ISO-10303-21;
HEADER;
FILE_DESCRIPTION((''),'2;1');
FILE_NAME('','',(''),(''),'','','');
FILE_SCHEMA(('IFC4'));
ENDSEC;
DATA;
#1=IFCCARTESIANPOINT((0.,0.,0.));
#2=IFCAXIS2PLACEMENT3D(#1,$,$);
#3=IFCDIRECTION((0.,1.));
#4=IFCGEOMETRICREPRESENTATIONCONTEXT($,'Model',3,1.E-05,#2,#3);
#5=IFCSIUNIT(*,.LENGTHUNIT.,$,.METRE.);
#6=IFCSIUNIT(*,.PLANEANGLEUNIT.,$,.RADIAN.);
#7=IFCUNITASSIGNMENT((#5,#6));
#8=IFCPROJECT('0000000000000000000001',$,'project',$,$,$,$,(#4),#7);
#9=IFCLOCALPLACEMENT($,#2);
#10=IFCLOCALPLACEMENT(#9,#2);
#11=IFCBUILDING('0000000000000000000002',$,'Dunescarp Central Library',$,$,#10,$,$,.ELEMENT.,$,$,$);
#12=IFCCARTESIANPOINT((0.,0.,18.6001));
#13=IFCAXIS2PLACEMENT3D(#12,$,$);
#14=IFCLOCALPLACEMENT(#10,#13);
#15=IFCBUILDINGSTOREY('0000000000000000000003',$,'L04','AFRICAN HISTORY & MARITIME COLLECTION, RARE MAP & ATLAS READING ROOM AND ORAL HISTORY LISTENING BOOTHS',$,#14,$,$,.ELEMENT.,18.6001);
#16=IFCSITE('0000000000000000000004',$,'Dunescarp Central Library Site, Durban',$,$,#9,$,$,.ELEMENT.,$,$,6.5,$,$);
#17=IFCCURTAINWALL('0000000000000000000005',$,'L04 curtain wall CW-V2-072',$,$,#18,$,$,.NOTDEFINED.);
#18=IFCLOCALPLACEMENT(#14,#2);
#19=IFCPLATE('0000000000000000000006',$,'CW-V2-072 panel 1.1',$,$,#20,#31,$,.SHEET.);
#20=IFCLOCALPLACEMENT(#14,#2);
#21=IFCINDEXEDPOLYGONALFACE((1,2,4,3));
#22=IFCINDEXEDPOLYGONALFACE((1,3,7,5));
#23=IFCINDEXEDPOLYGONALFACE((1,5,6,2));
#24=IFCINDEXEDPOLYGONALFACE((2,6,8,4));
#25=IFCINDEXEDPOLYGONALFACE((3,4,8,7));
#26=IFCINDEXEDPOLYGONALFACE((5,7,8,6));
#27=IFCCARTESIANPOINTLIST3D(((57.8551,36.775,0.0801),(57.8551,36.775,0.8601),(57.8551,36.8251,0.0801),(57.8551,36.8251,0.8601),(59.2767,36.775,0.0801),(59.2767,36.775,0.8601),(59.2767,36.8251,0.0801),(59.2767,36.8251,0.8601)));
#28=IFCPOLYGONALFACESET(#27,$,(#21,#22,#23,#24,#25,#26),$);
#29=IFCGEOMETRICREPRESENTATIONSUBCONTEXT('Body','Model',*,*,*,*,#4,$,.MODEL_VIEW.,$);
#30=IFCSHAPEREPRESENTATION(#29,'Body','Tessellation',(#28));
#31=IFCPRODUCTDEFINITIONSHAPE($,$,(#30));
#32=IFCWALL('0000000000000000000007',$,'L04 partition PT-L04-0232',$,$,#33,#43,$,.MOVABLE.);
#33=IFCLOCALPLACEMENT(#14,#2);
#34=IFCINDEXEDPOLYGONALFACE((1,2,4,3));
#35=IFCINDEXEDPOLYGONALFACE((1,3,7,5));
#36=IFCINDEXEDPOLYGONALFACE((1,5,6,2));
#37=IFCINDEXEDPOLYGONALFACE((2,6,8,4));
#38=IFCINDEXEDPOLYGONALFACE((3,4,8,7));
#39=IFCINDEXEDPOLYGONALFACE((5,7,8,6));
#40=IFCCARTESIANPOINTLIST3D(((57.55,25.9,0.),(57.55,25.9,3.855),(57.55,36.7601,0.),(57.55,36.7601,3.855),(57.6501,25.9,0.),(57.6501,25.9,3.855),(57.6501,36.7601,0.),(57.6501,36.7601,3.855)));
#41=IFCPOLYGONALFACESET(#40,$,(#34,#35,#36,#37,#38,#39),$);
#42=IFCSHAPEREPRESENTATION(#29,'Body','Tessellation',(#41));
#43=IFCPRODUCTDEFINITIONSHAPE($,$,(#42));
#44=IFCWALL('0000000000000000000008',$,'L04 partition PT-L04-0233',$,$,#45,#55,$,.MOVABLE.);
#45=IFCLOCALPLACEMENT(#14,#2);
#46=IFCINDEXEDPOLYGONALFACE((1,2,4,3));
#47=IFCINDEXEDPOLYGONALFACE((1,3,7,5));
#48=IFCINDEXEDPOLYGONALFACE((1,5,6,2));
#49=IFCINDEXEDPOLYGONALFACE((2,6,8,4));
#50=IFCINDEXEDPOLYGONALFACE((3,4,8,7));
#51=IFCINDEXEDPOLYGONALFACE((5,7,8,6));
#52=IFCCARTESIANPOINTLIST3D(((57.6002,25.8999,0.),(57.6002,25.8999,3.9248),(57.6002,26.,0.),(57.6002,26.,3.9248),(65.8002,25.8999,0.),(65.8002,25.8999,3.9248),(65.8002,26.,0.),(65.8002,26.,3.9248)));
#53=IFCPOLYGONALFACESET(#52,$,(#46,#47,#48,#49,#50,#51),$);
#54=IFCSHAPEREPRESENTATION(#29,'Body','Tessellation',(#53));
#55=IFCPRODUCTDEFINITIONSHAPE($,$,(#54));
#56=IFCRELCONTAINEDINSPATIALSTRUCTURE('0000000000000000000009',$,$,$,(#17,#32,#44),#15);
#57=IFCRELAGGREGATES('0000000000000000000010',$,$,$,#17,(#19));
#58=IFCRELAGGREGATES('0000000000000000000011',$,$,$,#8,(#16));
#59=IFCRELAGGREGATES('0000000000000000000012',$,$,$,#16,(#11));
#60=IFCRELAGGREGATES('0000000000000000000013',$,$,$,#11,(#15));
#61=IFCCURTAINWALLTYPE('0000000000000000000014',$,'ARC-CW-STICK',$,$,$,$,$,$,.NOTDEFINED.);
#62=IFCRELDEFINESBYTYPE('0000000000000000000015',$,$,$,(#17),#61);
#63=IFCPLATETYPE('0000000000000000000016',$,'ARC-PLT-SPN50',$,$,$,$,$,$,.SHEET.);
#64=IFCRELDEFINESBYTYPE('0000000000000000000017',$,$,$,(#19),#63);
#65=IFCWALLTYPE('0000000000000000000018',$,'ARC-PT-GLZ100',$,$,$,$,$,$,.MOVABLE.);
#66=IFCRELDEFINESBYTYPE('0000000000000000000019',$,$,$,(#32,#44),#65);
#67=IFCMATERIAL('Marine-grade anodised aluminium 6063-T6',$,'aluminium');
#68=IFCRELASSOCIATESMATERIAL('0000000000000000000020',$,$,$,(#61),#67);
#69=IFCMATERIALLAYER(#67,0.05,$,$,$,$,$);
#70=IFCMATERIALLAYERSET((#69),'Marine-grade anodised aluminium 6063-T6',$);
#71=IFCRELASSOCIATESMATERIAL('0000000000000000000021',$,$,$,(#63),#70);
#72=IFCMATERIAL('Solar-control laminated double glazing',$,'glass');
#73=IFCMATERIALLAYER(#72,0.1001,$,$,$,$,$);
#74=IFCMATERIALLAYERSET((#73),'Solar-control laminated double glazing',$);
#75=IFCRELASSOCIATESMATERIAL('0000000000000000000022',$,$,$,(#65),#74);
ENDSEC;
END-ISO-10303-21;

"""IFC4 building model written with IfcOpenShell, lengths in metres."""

from ifc_helpers import new_model, si_unit, direction, frame, frame_2d, origin, origin_2d, place, context, subcontext, project, spatial, rectangle, extrude, material, layer, layer_set, type_object, element, aggregate, save


model = new_model("IFC4")

# Units and contexts
model_context = context("Model", 3, precision=1e-05, world=origin(), true_north=direction((0.0, 1.0)))
body_context = subcontext(model_context, "Body", "Model", "MODEL_VIEW")
ifc_project = project(units=[si_unit("LENGTHUNIT", "METRE"), si_unit("PLANEANGLEUNIT", "RADIAN")], contexts=[model_context])

# Site, building, storey
site_placement = place(None, origin())
site = spatial("IfcSite", under=ifc_project, at=site_placement, Name="Dunescarp Central Library Site, Durban", CompositionType="ELEMENT", RefElevation=6.5)
building_placement = place(site_placement, origin())
building = spatial("IfcBuilding", under=site, at=building_placement, Name="Dunescarp Central Library", CompositionType="ELEMENT")
storey_placement = place(building_placement, frame((0.0, 0.0, 18.6001)))
storey = spatial("IfcBuildingStorey", under=building, at=storey_placement, Name="L04", Description="AFRICAN HISTORY & MARITIME COLLECTION, RARE MAP & ATLAS READING ROOM AND ORAL HISTORY LISTENING BOOTHS", CompositionType="ELEMENT", Elevation=18.6001)

# Shared definitions
ifc_material_1 = material(Name="Marine-grade anodised aluminium 6063-T6", Category="aluminium")
curtain_wall_type = type_object("IfcCurtainWallType", Name="ARC-CW-STICK", PredefinedType="NOTDEFINED", material=ifc_material_1)

# Curtain wall
curtain_wall_1_placement = place(storey_placement, origin())
curtain_wall_1 = element("IfcCurtainWall", 1, at=curtain_wall_1_placement, inside=storey, type_object=curtain_wall_type, Name="L04 curtain wall CW-V2-072", PredefinedType="NOTDEFINED")

# Plate
ifc_material_2 = material(Name="Solar-control laminated double glazing", Category="glass")
ifc_layer_1 = layer(ifc_material_1, 0.05)
ifc_layer_set_1 = layer_set([ifc_layer_1], Name="Marine-grade anodised aluminium 6063-T6")
plate_type_1 = type_object("IfcPlateType", Name="ARC-PLT-SPN50", PredefinedType="SHEET", material=ifc_layer_set_1)
plate_1_placement = place(storey_placement, frame((58.5659, 36.8, 0.0801), z_axis=(0.0, 0.0, 1.0), x_axis=(1.0, 0.0, 0.0)))
plate_1 = element("IfcPlate", 2, at=plate_1_placement, type_object=plate_type_1, Name="CW-V2-072 panel 1.1", PredefinedType="SHEET", context=body_context, shape_type="SweptSolid", body=[
    extrude(rectangle(XDim=1.4216, YDim=0.05, at=origin_2d()), origin(), (0.0, 0.0, 1.0), 0.78),
])
aggregate(curtain_wall_1, [plate_1])

# Walls
ifc_layer_2 = layer(ifc_material_2, 0.1001)
ifc_layer_set_2 = layer_set([ifc_layer_2], Name="Solar-control laminated double glazing")
wall_type = type_object("IfcWallType", Name="ARC-PT-GLZ100", PredefinedType="MOVABLE", material=ifc_layer_set_2)
wall_1_placement = place(storey_placement, frame((57.6001, 25.8999, 0.0), z_axis=(0.0, 0.0, 1.0), x_axis=(0.0, 1.0, 0.0)))
element("IfcWall", 3, at=wall_1_placement, inside=storey, type_object=wall_type, Name="L04 partition PT-L04-0232", PredefinedType="MOVABLE", context=body_context, shape_type="SweptSolid", body=[
    extrude(rectangle(XDim=10.8601, YDim=0.1001, at=frame_2d((5.4302, 0.0))), origin(), (0.0, 0.0, 1.0), 3.855),
])
wall_2_placement = place(storey_placement, frame((57.6001, 25.95, 0.0), z_axis=(0.0, 0.0, 1.0), x_axis=(1.0, 0.0, 0.0)))
element("IfcWall", 4, at=wall_2_placement, inside=storey, type_object=wall_type, Name="L04 partition PT-L04-0233", PredefinedType="MOVABLE", context=body_context, shape_type="SweptSolid", body=[
    extrude(rectangle(XDim=8.2, YDim=0.1001, at=frame_2d((4.1001, 0.0))), origin(), (0.0, 0.0, 1.0), 3.9248),
])

save(model, "model.ifc")
